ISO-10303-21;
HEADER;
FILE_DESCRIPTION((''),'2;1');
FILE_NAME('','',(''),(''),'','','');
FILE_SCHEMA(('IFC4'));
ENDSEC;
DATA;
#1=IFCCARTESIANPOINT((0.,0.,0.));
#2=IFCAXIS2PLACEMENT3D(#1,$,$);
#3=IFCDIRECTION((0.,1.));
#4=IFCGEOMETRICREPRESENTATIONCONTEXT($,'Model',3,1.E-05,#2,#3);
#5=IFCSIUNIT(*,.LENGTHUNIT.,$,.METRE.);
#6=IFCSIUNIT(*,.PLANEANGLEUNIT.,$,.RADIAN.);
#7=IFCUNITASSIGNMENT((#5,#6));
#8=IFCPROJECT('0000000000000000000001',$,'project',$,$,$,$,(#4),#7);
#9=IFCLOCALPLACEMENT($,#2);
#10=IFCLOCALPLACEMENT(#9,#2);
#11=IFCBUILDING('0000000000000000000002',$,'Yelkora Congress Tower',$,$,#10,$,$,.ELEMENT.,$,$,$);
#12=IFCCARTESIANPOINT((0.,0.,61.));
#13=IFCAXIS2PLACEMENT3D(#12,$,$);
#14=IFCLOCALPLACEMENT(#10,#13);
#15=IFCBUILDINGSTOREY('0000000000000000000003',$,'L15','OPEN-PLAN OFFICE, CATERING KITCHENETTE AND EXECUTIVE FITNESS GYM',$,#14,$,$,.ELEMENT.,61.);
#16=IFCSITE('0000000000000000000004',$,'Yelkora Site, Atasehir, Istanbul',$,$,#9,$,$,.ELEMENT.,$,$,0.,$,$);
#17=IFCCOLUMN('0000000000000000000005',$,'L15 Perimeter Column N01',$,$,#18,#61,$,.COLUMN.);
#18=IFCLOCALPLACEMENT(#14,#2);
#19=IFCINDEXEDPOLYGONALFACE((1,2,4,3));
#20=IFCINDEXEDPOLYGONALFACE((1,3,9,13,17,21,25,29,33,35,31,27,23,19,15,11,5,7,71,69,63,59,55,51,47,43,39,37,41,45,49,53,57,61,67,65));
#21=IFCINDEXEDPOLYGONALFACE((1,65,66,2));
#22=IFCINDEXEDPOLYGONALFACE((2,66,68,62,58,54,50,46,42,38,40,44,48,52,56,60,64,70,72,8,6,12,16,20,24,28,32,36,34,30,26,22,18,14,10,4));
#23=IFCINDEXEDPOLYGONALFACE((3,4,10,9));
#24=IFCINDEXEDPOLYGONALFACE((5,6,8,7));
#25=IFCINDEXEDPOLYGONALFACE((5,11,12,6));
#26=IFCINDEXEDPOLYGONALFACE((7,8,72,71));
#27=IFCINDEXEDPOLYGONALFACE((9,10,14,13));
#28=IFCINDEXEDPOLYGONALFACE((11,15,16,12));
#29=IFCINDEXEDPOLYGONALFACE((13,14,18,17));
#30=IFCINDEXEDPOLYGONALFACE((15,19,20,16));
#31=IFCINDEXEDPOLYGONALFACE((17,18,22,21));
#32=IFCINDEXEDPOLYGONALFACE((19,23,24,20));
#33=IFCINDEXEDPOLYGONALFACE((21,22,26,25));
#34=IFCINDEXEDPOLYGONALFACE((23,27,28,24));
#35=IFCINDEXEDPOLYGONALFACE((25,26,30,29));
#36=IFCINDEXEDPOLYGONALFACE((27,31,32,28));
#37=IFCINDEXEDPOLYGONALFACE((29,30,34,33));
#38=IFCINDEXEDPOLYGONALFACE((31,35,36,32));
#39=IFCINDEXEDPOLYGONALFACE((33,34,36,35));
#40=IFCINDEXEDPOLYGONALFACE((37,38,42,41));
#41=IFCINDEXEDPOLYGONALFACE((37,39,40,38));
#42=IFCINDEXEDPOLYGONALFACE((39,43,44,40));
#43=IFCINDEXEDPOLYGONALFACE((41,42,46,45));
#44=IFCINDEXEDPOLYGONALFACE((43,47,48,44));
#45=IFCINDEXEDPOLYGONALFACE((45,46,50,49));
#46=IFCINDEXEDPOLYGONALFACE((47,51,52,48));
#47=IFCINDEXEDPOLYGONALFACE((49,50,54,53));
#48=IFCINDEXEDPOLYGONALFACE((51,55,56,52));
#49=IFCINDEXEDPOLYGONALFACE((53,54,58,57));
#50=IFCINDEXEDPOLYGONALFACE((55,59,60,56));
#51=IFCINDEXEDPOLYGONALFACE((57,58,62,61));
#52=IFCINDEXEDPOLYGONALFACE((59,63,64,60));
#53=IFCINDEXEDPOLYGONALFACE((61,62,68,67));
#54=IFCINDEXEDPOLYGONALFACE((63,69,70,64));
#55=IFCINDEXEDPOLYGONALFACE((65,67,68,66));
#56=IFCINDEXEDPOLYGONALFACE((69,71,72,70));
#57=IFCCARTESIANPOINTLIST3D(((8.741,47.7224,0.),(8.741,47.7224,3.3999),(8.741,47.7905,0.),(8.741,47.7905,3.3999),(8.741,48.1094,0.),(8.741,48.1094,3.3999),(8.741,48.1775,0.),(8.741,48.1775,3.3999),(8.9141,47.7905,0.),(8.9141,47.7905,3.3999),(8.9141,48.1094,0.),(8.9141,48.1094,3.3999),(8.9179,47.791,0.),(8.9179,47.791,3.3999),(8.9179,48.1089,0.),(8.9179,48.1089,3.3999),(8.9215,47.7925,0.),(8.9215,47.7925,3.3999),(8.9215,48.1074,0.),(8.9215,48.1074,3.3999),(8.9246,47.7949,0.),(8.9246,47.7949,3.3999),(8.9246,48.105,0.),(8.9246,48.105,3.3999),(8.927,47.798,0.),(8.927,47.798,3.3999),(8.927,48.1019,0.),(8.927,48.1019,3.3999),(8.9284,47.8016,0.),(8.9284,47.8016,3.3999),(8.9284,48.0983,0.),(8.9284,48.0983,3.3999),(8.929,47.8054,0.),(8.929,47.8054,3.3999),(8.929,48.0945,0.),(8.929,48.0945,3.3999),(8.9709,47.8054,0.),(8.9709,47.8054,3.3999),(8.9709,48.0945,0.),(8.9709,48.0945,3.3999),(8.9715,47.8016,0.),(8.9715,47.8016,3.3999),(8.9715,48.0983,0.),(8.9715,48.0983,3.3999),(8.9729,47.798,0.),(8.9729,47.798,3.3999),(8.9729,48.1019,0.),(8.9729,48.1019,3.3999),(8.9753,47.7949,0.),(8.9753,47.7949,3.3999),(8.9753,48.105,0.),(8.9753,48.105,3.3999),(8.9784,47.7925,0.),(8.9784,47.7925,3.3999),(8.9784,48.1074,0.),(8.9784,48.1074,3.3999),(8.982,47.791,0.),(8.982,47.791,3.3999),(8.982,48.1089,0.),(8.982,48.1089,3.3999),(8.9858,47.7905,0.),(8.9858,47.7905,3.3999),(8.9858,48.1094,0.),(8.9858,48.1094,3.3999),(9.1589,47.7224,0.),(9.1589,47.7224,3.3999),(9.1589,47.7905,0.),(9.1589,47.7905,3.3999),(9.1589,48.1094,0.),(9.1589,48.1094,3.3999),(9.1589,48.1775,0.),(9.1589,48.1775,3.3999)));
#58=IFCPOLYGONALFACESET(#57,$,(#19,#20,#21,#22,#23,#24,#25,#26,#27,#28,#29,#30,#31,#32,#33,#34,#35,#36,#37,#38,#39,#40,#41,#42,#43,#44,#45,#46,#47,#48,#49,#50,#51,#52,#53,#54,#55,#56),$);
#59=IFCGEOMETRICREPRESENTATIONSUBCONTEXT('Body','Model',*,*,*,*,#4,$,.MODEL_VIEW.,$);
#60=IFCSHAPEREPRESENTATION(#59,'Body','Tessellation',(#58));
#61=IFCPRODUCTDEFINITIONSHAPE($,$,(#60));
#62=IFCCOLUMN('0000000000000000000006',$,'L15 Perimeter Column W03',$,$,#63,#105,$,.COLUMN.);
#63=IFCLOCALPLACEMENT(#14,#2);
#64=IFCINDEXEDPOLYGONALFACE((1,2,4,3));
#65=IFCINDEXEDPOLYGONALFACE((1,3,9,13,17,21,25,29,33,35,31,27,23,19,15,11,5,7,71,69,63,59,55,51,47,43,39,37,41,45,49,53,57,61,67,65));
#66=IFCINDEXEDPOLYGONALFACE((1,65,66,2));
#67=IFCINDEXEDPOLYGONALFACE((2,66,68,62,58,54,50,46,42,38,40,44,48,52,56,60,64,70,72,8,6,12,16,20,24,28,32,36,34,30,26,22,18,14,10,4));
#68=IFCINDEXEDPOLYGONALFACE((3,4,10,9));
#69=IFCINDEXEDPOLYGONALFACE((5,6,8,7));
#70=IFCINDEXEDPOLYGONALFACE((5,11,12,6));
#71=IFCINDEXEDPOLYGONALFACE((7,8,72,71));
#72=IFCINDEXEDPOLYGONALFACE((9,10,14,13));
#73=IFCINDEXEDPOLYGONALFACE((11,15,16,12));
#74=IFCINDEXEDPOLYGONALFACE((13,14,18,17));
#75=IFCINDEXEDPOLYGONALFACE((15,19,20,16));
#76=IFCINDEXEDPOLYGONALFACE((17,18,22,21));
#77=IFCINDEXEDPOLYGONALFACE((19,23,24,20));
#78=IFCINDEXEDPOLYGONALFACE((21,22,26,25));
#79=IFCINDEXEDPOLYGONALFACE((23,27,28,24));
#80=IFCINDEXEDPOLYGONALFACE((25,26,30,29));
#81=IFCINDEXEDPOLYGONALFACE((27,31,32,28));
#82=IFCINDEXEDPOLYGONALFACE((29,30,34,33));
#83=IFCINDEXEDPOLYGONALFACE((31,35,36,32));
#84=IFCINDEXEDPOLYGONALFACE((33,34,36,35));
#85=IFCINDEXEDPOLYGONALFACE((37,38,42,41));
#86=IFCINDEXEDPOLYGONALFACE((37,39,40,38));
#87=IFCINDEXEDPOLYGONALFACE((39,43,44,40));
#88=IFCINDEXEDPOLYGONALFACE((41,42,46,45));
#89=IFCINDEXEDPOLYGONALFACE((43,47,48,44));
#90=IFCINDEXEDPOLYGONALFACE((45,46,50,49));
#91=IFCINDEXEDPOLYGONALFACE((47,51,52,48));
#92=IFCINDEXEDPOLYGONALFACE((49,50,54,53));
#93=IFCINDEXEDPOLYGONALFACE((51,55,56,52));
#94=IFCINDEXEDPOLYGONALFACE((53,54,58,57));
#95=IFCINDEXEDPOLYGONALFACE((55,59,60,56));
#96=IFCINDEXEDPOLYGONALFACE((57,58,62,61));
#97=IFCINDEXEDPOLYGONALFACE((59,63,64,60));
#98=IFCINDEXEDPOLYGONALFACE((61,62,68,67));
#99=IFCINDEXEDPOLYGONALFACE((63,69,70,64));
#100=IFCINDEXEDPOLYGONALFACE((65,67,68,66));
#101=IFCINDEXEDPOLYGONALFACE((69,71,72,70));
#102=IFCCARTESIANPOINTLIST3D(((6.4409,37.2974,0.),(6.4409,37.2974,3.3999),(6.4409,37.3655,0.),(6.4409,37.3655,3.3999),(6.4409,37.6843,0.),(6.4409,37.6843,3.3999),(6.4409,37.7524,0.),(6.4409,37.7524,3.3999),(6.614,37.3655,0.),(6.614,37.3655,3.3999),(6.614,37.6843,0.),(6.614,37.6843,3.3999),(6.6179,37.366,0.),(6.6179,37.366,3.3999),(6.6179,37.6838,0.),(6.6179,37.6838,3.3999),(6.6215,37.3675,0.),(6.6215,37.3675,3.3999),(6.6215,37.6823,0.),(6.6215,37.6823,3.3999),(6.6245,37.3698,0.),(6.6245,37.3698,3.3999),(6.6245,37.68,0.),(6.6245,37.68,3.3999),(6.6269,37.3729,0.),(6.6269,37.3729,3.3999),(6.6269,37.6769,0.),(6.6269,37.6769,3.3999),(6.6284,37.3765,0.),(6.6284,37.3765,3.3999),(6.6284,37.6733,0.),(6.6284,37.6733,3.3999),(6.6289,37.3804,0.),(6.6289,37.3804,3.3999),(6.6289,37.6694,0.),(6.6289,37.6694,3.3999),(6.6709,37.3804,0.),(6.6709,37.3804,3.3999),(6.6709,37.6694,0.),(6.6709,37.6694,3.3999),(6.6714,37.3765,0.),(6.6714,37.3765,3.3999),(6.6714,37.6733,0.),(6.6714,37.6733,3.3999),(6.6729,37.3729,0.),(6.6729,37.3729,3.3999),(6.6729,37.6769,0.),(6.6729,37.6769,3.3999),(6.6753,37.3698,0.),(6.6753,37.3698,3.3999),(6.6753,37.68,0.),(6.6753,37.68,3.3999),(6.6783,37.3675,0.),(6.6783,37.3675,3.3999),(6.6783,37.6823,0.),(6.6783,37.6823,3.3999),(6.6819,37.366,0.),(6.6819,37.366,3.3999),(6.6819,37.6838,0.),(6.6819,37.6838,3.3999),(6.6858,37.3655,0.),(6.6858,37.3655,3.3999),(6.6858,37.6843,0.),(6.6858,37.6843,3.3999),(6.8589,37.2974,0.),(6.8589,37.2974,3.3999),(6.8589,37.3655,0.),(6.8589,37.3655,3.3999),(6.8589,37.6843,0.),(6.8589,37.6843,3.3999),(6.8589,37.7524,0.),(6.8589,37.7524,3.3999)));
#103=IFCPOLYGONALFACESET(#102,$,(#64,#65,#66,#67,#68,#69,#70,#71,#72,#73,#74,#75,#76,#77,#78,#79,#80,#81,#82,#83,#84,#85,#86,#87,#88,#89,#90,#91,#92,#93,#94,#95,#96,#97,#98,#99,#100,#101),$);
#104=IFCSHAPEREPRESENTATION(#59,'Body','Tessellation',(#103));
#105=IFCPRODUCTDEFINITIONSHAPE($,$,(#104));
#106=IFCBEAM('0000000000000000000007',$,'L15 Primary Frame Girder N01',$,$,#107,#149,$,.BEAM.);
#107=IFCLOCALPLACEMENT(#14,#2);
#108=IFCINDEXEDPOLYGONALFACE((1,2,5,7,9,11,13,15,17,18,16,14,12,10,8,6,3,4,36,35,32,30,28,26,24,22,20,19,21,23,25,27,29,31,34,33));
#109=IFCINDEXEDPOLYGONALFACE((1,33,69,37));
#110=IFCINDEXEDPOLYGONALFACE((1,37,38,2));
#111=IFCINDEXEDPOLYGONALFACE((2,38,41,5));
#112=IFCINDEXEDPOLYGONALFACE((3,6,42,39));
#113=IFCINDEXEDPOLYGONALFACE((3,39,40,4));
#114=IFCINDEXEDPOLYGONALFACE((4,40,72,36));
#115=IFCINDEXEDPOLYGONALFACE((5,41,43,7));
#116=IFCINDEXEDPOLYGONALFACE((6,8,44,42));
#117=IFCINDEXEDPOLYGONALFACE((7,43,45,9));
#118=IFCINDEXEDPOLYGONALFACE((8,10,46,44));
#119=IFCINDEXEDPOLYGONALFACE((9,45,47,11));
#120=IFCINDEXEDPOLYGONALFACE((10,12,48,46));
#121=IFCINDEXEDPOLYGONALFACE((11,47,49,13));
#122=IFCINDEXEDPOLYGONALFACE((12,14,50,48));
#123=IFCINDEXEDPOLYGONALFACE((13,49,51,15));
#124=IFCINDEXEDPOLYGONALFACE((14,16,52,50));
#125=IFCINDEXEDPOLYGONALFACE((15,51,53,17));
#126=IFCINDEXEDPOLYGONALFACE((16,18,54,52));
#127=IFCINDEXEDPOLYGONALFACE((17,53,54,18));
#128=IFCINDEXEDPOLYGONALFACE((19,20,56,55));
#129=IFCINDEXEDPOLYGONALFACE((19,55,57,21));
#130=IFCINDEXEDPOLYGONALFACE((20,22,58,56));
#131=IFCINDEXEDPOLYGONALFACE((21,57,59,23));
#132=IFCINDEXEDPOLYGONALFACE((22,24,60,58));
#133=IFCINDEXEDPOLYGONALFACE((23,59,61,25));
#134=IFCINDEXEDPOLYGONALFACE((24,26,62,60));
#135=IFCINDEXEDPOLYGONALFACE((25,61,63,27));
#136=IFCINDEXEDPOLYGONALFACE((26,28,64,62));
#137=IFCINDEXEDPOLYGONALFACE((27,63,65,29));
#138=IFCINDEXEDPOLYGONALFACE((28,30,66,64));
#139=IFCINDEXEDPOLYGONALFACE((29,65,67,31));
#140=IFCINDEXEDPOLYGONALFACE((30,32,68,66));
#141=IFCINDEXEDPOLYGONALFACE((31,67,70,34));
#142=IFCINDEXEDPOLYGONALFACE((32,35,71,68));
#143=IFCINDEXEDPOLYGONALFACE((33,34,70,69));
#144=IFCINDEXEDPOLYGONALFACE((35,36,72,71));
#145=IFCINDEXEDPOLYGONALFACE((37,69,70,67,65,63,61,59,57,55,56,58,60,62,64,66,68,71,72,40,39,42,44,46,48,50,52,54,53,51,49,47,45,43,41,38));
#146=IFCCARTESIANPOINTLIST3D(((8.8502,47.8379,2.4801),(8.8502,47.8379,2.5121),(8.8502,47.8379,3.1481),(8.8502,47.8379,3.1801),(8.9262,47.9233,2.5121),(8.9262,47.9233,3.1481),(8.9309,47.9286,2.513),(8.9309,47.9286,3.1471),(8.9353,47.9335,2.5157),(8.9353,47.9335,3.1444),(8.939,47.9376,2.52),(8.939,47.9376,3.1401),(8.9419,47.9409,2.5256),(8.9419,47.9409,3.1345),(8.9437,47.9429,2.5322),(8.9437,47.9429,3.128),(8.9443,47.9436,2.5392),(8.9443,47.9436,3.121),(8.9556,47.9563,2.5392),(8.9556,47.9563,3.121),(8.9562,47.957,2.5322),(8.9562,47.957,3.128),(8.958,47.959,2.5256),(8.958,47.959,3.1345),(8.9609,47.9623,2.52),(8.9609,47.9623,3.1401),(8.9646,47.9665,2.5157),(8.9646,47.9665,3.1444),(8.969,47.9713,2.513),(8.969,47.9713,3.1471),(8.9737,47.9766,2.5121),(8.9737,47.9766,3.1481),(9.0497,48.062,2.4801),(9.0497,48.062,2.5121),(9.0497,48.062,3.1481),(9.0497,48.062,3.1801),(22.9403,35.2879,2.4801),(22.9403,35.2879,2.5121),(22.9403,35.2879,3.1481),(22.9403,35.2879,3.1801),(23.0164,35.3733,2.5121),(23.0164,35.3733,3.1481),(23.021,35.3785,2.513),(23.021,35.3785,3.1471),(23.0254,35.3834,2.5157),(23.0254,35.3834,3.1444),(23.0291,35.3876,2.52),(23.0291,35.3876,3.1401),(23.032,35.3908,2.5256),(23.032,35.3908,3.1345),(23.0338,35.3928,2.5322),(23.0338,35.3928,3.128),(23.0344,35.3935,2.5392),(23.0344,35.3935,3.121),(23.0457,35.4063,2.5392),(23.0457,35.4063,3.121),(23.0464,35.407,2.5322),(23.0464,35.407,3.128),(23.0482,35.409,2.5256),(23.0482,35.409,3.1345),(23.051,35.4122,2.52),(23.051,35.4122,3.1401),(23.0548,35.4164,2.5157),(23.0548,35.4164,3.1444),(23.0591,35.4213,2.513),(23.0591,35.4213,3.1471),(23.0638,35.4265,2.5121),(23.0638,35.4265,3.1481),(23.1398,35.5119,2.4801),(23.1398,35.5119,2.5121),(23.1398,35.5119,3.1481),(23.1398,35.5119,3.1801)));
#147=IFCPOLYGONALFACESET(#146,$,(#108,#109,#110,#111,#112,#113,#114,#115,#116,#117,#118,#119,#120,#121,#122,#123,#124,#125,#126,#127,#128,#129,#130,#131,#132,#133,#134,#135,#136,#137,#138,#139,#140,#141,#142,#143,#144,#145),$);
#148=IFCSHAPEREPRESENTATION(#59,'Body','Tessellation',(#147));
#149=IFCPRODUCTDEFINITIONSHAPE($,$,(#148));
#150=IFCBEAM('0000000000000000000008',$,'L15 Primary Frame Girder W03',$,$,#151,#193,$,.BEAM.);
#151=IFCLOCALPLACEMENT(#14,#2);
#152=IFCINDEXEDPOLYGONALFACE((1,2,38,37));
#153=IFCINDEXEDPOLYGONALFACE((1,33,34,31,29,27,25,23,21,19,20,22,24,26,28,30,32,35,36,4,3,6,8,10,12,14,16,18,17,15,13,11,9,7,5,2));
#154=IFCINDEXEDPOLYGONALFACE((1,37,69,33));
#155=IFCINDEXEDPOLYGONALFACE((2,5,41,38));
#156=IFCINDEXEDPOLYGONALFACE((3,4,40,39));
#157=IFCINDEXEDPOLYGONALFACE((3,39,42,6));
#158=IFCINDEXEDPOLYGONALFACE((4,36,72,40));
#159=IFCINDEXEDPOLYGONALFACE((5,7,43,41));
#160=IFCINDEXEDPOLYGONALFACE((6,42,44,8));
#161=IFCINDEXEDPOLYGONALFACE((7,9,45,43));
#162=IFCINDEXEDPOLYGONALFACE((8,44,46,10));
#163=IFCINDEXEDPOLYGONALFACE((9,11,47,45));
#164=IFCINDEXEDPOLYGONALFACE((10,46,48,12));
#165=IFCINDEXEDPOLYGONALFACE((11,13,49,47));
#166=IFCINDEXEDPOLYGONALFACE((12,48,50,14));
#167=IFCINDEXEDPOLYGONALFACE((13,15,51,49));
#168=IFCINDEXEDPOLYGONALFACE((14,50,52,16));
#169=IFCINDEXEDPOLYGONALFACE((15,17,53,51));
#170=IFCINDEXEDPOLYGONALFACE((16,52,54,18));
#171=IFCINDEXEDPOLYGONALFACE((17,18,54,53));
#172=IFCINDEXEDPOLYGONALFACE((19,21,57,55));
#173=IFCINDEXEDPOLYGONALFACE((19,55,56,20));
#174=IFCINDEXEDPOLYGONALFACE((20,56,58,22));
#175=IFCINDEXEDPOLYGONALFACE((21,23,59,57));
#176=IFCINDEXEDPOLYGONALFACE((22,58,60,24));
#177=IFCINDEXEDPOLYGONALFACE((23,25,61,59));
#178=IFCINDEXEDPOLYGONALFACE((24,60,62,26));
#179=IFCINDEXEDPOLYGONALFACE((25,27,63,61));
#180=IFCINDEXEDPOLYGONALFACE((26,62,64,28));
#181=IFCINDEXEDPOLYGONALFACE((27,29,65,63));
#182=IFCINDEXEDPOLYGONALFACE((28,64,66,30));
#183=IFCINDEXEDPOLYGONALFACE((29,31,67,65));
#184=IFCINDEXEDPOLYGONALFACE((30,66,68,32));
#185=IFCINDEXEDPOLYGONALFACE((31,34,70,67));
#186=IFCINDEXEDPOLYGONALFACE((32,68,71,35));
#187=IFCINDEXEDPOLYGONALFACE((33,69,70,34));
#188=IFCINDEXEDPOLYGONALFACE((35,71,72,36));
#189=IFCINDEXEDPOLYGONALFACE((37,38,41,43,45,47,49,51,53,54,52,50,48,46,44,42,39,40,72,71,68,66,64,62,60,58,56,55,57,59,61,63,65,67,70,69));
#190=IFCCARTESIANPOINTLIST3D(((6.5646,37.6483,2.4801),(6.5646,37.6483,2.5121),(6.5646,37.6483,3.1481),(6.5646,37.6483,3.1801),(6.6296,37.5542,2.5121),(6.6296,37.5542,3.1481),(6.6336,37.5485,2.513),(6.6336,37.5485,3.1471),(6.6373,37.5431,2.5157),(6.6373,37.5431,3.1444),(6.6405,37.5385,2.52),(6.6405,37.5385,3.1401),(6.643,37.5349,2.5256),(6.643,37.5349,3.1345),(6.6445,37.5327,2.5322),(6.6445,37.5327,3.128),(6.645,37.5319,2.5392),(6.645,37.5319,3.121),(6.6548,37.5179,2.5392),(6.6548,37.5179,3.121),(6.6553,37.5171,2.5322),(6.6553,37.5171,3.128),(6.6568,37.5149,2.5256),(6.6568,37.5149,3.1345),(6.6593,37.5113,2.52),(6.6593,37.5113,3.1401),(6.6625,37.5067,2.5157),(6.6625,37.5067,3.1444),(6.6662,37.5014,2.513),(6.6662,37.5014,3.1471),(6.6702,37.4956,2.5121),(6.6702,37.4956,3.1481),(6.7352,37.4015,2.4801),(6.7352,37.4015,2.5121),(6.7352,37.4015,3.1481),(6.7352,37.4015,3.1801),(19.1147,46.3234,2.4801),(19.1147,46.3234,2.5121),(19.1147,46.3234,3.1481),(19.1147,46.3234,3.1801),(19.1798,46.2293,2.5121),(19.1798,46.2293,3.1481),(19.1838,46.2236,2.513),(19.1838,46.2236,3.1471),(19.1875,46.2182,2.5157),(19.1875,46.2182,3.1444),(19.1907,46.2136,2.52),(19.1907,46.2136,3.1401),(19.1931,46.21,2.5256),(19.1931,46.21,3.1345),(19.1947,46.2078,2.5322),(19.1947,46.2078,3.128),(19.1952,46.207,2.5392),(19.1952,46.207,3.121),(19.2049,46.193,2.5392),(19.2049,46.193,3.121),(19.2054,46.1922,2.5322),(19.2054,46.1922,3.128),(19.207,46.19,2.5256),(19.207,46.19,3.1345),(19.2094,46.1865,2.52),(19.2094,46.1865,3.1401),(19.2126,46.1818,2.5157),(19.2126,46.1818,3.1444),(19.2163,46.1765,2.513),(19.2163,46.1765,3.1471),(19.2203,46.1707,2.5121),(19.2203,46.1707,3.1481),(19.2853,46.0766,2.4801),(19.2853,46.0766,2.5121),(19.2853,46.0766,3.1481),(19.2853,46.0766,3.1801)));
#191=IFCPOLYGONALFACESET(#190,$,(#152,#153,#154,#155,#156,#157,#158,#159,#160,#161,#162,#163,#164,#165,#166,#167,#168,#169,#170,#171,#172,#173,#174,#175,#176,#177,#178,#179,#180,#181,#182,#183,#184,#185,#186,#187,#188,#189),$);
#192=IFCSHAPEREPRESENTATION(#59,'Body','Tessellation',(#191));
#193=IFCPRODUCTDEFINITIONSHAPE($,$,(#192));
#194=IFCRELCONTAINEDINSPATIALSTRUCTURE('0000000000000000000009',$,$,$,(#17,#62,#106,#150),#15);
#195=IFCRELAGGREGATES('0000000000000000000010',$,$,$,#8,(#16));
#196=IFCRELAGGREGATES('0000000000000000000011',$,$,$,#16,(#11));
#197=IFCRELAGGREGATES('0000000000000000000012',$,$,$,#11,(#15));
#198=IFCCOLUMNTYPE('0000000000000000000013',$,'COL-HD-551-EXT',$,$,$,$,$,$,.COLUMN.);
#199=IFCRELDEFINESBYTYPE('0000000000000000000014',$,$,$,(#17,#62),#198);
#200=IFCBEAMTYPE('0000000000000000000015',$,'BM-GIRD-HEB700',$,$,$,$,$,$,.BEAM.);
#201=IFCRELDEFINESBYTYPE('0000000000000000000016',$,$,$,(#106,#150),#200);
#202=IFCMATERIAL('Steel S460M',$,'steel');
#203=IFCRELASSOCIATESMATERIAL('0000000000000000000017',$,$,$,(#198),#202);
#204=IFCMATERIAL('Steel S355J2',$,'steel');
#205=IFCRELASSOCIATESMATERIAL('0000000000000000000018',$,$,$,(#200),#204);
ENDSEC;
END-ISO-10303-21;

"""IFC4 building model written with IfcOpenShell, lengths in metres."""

from ifc_helpers import new_model, si_unit, direction, frame, origin, origin_2d, place, context, subcontext, project, spatial, i_section, extrude, material, material_profile, profile_set, type_object, element, save


model = new_model("IFC4")

# Units and contexts
model_context = context("Model", 3, precision=1e-05, world=origin(), true_north=direction((0.0, 1.0)))
body_context = subcontext(model_context, "Body", "Model", "MODEL_VIEW")
ifc_project = project(units=[si_unit("LENGTHUNIT", "METRE"), si_unit("PLANEANGLEUNIT", "RADIAN")], contexts=[model_context])

# Site, building, storey
site_placement = place(None, origin())
site = spatial("IfcSite", under=ifc_project, at=site_placement, Name="Yelkora Site, Atasehir, Istanbul", CompositionType="ELEMENT", RefElevation=0.0)
building_placement = place(site_placement, origin())
building = spatial("IfcBuilding", under=site, at=building_placement, Name="Yelkora Congress Tower", CompositionType="ELEMENT")
storey_placement = place(building_placement, frame((0.0, 0.0, 61.0)))
storey = spatial("IfcBuildingStorey", under=building, at=storey_placement, Name="L15", Description="OPEN-PLAN OFFICE, CATERING KITCHENETTE AND EXECUTIVE FITNESS GYM", CompositionType="ELEMENT", Elevation=61.0)

# Columns
ifc_material_1 = material(Name="Steel S460M", Category="steel")
ifc_material_profile_1 = material_profile(ifc_material_1, i_section(OverallWidth=0.418, OverallDepth=0.4551, WebThickness=0.042, FlangeThickness=0.0681, FilletRadius=0.0149, at=origin_2d()), Name="HD 400x551")
ifc_profile_set_1 = profile_set([ifc_material_profile_1], Name="Steel S460M")
column_type = type_object("IfcColumnType", Name="COL-HD-551-EXT", PredefinedType="COLUMN", material=ifc_profile_set_1)
for number, where, z_axis, x_axis, name in (
    (1, (8.95, 47.95, 0.0), (0.0, 0.0, 1.0), (1.0, 0.0, 0.0), "L15 Perimeter Column N01"),
    (2, (6.6499, 37.5249, 0.0), (0.0, 0.0, 1.0), (1.0, 0.0, 0.0), "L15 Perimeter Column W03"),
):
    element("IfcColumn", number, at=place(storey_placement, frame(where, z_axis=z_axis, x_axis=x_axis)), inside=storey, type_object=column_type, Name=name, PredefinedType="COLUMN", context=body_context, shape_type="SweptSolid", body=[
        extrude(i_section(OverallWidth=0.418, OverallDepth=0.4551, WebThickness=0.042, FlangeThickness=0.0681, FilletRadius=0.0149, at=origin_2d()), origin(), (0.0, 0.0, 1.0), 3.3999),
    ])

# Beams
ifc_material_2 = material(Name="Steel S355J2", Category="steel")
ifc_material_profile_2 = material_profile(ifc_material_2, i_section(OverallWidth=0.3, OverallDepth=0.7, WebThickness=0.0171, FlangeThickness=0.032, FilletRadius=0.0271, at=origin_2d()), Name="HEB 700")
ifc_profile_set_2 = profile_set([ifc_material_profile_2], Name="Steel S355J2")
beam_type_1 = type_object("IfcBeamType", Name="BM-GIRD-HEB700", PredefinedType="BEAM", material=ifc_profile_set_2)
beam_1_placement = place(storey_placement, frame((8.95, 47.95, 2.8301), z_axis=(0.746737, -0.665119, 0.0), x_axis=(0.665119, 0.746737, 0.0)))
element("IfcBeam", 3, at=beam_1_placement, inside=storey, type_object=beam_type_1, Name="L15 Primary Frame Girder N01", PredefinedType="BEAM", context=body_context, shape_type="SweptSolid", body=[
    extrude(i_section(OverallWidth=0.3, OverallDepth=0.7, WebThickness=0.0171, FlangeThickness=0.032, FilletRadius=0.0271, at=origin_2d()), origin(), (0.0, 0.0, 1.0), 18.8689),
])
beam_2_placement = place(storey_placement, frame((6.6499, 37.5249, 2.8301), z_axis=(0.822604, 0.568614, 0.0), x_axis=(-0.568614, 0.822604, 0.0)))
element("IfcBeam", 4, at=beam_2_placement, inside=storey, type_object=beam_type_1, Name="L15 Primary Frame Girder W03", PredefinedType="BEAM", context=body_context, shape_type="SweptSolid", body=[
    extrude(i_section(OverallWidth=0.3, OverallDepth=0.7, WebThickness=0.0171, FlangeThickness=0.032, FilletRadius=0.0271, at=origin_2d()), origin(), (0.0, 0.0, 1.0), 15.2566),
])

save(model, "model.ifc")
